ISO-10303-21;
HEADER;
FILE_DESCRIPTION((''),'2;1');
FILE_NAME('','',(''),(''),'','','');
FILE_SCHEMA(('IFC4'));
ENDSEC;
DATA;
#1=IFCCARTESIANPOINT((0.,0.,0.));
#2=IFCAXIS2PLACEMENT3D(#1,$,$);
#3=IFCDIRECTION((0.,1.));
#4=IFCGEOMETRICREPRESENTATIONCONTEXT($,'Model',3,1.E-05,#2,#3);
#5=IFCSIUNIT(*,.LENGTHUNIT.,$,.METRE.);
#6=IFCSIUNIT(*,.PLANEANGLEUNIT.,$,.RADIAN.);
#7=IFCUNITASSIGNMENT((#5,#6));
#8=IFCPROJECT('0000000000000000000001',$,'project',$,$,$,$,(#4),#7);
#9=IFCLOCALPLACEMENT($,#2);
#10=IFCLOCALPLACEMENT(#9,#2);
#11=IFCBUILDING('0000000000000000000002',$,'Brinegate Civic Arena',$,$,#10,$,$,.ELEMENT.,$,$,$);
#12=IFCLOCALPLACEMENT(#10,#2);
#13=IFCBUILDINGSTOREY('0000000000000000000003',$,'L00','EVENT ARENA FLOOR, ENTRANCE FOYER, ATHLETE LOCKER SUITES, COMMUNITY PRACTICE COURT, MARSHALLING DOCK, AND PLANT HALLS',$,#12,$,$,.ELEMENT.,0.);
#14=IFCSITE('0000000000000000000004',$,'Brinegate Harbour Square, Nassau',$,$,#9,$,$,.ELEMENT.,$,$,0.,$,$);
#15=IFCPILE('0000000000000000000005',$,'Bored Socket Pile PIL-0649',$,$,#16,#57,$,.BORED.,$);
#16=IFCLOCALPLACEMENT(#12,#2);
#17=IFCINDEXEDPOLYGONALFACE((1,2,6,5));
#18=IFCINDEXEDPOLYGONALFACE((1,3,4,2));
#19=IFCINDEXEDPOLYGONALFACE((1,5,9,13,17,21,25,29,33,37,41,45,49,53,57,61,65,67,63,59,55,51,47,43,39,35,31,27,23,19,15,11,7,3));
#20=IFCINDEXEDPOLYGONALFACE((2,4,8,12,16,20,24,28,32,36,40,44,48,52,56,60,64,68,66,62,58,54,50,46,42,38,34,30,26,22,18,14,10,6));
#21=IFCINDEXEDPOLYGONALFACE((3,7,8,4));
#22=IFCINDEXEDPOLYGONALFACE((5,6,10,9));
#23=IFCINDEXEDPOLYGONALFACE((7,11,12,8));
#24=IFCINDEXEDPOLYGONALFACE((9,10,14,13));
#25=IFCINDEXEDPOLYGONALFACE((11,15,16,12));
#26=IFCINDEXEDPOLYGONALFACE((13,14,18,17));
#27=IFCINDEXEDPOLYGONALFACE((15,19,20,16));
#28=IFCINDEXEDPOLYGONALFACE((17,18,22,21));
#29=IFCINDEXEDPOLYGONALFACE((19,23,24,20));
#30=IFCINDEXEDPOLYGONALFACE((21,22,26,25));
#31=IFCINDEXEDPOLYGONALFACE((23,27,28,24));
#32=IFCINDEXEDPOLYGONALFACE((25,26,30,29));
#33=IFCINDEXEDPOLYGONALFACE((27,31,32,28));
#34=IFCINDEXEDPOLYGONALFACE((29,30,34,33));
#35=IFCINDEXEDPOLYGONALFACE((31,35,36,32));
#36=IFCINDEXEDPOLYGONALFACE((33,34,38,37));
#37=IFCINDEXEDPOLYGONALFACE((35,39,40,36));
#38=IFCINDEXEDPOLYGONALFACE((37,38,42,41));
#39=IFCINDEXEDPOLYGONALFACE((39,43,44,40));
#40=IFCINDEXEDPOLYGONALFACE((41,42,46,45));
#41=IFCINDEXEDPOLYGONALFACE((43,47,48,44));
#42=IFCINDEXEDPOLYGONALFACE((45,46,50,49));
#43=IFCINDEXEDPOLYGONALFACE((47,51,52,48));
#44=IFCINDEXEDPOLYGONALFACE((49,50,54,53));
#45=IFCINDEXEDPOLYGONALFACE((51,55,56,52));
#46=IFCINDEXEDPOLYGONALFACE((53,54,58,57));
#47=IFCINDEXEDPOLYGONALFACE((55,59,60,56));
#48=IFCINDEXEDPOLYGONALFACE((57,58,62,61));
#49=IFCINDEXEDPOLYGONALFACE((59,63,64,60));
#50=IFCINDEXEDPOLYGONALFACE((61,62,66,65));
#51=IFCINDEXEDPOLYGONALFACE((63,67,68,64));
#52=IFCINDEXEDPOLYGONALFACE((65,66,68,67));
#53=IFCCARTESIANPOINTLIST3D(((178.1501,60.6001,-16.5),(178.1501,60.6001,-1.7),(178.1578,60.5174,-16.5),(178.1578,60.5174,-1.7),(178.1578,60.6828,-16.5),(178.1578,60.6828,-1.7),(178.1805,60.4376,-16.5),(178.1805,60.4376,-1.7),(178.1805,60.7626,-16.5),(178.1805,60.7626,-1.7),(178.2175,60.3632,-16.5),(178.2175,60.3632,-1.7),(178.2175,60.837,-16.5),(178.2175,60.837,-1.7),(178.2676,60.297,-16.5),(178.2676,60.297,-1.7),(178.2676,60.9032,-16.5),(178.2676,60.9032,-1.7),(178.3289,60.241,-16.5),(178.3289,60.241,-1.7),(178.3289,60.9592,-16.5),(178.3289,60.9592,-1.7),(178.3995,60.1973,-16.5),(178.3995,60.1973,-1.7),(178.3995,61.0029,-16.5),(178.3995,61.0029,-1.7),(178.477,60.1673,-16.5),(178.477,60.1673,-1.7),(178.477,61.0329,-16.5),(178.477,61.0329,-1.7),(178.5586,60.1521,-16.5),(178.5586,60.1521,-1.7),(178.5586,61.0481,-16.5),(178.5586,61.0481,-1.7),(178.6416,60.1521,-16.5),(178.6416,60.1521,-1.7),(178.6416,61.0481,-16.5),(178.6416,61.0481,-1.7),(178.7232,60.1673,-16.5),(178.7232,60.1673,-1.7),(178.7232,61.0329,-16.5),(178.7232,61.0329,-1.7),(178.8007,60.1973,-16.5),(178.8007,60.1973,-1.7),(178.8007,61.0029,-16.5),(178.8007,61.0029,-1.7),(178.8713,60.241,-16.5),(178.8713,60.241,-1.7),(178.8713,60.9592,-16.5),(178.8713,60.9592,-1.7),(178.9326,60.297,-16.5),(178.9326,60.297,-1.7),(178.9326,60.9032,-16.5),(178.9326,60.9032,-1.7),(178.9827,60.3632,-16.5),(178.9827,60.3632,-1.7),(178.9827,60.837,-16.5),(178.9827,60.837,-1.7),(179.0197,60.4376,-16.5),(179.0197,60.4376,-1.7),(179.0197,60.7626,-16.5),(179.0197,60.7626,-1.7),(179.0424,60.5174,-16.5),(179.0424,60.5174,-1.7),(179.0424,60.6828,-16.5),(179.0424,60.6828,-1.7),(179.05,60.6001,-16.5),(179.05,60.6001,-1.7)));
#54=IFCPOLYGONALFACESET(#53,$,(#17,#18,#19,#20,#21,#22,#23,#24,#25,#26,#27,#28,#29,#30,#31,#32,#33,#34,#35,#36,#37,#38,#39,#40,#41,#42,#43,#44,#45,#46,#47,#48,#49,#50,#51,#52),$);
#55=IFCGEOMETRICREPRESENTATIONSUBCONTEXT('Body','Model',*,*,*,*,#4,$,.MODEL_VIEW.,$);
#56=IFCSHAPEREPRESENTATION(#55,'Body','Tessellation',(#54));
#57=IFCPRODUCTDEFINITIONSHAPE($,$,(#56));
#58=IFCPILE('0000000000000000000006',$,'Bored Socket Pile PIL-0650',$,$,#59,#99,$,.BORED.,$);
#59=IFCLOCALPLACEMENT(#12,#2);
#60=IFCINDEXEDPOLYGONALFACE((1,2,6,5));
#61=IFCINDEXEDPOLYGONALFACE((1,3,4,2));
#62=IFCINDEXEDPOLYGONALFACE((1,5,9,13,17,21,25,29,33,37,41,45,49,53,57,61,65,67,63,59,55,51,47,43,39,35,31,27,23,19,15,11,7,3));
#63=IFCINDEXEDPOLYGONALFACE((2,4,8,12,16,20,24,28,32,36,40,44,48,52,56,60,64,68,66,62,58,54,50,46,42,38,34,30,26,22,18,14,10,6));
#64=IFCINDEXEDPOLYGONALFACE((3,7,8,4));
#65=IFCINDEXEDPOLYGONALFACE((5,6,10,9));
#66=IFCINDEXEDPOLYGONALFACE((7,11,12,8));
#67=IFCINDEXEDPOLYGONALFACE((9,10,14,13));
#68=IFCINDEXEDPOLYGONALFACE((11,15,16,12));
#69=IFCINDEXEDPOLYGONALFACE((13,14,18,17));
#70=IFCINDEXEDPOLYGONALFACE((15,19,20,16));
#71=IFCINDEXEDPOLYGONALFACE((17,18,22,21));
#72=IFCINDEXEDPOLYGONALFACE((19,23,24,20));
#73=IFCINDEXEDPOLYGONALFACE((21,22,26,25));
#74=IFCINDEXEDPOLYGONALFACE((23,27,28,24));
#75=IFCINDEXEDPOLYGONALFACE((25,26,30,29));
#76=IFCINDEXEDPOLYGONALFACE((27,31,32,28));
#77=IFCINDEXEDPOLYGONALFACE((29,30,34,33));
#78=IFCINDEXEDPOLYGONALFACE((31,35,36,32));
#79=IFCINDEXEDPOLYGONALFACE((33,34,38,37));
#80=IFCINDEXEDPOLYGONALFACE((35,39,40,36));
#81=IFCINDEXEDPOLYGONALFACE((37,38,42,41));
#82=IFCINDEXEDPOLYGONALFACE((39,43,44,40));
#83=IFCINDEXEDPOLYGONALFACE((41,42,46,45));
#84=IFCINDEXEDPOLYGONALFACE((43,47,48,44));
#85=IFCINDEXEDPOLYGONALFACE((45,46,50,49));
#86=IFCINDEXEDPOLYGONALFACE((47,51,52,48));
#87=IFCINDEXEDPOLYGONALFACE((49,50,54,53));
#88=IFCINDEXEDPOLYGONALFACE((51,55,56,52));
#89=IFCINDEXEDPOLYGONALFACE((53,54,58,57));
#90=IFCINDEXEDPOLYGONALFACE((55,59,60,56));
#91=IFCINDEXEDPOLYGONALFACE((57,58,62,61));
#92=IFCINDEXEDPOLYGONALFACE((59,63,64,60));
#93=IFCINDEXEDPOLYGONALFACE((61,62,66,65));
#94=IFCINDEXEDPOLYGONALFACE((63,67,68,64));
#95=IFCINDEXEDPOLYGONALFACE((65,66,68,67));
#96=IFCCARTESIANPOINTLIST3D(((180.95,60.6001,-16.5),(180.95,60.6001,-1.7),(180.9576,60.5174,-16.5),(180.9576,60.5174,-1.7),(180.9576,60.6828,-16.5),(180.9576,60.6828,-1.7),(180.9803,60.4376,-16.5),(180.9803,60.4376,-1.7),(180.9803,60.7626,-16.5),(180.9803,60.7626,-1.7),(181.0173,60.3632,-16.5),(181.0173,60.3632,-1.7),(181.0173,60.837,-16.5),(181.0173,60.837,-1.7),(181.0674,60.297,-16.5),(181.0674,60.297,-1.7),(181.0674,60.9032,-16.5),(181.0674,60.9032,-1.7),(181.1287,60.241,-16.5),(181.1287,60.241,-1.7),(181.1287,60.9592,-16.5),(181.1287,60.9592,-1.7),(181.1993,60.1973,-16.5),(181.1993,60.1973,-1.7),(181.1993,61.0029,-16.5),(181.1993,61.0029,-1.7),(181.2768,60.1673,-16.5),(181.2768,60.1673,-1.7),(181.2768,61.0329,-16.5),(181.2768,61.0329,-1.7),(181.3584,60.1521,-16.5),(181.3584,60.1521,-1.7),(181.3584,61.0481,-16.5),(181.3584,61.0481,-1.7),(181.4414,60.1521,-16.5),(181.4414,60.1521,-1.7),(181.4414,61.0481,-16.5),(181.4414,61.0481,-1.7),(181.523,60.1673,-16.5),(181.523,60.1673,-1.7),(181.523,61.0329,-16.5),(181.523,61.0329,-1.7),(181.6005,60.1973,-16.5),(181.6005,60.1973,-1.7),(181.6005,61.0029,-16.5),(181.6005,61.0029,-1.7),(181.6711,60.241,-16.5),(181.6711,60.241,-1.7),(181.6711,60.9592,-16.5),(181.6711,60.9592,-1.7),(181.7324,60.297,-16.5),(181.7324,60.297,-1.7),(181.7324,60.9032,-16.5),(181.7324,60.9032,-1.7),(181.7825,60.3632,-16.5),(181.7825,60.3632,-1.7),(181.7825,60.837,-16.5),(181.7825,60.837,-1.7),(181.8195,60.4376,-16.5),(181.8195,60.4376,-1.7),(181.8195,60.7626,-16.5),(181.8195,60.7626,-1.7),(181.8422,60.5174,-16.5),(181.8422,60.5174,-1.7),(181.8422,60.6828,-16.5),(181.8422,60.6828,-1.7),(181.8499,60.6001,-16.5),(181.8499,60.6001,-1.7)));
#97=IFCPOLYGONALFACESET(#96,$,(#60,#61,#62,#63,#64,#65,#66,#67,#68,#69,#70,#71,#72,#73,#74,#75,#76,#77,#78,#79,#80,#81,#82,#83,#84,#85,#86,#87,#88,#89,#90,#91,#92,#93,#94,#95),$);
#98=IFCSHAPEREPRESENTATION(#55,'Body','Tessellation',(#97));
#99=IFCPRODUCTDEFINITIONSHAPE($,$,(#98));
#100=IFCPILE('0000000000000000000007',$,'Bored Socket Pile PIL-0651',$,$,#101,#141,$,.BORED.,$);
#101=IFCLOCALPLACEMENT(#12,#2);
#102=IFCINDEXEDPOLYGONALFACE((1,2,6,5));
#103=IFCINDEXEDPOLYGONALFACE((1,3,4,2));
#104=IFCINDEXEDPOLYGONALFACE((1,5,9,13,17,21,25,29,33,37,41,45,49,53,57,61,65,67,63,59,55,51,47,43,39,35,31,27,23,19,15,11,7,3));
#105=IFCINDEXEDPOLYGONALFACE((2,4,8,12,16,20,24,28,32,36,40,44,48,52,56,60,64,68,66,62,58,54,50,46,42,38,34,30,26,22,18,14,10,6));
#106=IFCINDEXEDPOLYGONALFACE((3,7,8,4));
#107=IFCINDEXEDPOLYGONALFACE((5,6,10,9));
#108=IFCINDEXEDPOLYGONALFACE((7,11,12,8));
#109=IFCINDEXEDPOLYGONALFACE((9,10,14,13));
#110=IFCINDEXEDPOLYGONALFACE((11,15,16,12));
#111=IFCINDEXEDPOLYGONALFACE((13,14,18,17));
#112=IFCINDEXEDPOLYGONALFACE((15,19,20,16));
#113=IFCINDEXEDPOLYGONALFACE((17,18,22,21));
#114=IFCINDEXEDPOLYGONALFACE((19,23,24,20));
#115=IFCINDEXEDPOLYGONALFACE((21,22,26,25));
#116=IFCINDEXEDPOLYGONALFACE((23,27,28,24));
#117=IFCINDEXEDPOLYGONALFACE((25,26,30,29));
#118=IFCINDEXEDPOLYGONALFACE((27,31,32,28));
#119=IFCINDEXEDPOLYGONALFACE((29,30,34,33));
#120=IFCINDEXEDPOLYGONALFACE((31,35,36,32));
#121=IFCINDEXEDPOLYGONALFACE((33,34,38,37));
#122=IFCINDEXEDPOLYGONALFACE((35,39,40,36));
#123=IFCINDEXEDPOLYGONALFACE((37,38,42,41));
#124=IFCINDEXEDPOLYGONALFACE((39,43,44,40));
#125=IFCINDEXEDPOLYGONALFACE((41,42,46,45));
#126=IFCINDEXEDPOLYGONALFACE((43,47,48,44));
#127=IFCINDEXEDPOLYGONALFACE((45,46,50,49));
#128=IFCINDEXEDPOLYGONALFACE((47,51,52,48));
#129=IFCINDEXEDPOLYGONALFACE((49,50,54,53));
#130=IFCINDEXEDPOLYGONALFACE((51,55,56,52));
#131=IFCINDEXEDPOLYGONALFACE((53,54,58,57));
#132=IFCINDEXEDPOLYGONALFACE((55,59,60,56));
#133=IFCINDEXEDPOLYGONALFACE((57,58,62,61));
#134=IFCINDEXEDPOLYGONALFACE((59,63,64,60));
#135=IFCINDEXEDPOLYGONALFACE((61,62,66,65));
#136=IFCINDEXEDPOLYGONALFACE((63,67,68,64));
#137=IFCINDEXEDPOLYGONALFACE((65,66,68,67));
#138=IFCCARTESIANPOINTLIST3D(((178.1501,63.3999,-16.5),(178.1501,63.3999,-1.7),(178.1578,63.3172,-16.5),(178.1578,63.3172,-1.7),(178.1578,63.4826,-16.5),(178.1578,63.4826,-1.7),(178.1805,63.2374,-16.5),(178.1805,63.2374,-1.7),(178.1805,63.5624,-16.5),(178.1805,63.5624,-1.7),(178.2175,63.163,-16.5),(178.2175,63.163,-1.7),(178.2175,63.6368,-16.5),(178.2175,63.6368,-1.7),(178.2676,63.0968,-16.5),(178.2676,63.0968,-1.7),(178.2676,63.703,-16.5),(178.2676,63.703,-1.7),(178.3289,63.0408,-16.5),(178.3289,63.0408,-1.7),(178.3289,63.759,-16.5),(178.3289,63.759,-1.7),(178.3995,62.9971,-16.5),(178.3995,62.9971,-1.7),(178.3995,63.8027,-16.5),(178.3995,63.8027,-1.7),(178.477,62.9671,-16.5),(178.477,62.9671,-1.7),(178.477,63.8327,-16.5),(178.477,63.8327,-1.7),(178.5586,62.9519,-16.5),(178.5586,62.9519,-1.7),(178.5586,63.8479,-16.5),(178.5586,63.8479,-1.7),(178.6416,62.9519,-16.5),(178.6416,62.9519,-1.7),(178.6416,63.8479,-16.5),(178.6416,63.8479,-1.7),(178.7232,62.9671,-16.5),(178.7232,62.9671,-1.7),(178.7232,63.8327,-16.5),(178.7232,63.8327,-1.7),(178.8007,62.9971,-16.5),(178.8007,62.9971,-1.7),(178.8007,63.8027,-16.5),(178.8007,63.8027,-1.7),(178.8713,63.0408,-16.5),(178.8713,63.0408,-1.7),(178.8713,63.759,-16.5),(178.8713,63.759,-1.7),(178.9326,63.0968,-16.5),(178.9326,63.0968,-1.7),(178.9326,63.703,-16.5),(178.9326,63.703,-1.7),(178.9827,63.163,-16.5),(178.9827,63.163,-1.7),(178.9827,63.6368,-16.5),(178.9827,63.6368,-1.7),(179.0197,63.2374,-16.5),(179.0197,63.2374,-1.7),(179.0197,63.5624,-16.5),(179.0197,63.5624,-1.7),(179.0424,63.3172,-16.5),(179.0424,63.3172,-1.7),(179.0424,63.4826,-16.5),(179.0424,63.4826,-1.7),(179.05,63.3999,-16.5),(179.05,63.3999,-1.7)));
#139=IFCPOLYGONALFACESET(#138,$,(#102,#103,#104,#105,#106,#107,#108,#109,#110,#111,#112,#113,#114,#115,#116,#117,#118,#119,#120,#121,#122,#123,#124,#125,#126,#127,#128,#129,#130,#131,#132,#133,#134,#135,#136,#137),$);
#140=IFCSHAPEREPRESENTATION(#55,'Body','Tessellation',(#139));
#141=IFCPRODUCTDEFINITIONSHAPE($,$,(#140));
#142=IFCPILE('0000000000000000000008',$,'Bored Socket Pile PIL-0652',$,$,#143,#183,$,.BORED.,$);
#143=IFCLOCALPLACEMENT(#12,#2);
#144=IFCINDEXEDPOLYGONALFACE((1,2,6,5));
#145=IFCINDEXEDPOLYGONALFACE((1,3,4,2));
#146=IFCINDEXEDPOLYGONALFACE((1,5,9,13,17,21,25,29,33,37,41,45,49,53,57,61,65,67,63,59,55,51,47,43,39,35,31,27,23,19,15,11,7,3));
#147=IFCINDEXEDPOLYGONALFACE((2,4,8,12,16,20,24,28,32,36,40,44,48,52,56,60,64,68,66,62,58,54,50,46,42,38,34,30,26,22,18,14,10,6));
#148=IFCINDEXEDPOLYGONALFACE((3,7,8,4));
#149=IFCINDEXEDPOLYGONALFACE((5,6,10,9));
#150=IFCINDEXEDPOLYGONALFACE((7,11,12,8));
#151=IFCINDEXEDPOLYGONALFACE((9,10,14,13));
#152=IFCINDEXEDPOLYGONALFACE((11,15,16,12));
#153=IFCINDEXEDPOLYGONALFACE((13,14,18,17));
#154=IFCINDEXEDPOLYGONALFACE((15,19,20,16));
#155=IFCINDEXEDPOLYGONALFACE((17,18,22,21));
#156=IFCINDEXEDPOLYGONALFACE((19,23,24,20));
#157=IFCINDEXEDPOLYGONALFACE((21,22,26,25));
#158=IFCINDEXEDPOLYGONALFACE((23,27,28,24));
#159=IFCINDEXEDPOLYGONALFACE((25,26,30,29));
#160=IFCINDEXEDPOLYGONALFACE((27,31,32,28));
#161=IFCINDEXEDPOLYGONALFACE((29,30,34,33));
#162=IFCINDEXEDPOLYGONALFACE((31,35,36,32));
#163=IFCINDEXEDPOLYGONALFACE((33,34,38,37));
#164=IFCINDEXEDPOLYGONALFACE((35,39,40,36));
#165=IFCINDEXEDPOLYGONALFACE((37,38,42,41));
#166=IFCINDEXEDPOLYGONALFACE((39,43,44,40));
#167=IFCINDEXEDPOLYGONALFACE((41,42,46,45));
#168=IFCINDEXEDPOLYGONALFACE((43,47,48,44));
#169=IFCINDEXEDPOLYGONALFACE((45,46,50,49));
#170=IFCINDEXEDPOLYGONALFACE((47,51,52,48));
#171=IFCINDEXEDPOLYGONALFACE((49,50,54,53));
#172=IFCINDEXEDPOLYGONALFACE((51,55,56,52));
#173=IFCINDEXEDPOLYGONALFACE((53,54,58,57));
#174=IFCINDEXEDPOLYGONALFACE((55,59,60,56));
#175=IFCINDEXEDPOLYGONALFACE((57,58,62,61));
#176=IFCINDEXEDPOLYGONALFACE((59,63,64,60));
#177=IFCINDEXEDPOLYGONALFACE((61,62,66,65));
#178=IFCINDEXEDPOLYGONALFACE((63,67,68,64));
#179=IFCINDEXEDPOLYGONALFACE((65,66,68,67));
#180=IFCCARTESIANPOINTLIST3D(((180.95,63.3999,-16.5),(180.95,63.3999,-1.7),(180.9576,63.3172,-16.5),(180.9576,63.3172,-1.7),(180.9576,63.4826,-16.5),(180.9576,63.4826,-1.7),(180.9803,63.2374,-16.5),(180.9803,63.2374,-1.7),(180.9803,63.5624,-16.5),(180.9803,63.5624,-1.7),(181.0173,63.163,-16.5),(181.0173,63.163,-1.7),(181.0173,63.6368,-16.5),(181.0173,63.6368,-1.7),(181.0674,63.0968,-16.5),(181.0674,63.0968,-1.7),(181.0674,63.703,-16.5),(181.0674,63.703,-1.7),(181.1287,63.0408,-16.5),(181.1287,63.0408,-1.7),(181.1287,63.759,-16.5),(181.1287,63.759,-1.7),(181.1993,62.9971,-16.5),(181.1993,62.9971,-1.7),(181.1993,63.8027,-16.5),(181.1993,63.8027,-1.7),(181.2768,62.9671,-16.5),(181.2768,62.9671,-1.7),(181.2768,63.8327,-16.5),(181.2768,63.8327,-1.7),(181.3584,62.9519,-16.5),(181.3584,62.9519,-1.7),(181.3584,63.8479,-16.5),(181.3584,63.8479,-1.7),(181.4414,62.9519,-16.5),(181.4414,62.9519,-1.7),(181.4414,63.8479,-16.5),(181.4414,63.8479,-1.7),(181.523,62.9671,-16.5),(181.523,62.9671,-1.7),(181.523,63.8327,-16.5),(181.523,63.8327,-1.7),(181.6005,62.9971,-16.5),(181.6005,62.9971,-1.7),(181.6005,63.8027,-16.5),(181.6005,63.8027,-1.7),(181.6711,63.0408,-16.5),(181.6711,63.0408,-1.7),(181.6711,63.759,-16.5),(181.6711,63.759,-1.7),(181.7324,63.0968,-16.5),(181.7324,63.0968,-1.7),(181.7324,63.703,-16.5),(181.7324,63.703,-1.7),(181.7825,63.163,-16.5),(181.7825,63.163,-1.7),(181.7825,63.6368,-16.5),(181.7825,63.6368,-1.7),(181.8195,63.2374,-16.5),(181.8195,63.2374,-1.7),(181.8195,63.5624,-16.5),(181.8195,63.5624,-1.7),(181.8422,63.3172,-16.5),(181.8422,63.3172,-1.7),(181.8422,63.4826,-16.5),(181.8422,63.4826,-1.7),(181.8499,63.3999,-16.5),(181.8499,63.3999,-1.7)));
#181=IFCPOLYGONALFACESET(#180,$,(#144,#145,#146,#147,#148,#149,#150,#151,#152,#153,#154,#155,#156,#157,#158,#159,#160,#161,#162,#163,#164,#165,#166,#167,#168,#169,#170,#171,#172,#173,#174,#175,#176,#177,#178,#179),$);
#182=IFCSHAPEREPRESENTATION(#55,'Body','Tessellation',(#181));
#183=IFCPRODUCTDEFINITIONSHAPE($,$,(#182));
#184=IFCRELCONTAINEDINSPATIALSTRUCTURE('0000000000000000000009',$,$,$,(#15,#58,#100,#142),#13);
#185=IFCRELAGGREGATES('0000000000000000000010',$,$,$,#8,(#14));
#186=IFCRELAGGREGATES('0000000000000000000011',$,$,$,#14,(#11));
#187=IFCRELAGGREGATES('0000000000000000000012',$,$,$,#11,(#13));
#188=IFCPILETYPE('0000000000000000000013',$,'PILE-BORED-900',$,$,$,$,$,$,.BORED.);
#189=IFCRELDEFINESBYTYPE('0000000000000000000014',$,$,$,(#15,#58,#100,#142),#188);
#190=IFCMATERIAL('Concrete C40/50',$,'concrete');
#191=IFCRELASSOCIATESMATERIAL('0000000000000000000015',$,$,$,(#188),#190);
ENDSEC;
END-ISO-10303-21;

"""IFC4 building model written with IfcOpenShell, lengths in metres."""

from ifc_helpers import new_model, si_unit, direction, frame, origin, origin_2d, place, context, subcontext, project, spatial, circle, extrude, material, material_profile, profile_set, type_object, element, save


model = new_model("IFC4")

# Units and contexts
model_context = context("Model", 3, precision=1e-05, world=origin(), true_north=direction((0.0, 1.0)))
body_context = subcontext(model_context, "Body", "Model", "MODEL_VIEW")
ifc_project = project(units=[si_unit("LENGTHUNIT", "METRE"), si_unit("PLANEANGLEUNIT", "RADIAN")], contexts=[model_context])

# Site, building, storey
site_placement = place(None, origin())
site = spatial("IfcSite", under=ifc_project, at=site_placement, Name="Brinegate Harbour Square, Nassau", CompositionType="ELEMENT", RefElevation=0.0)
building_placement = place(site_placement, origin())
building = spatial("IfcBuilding", under=site, at=building_placement, Name="Brinegate Civic Arena", CompositionType="ELEMENT")
storey_placement = place(building_placement, origin())
storey = spatial("IfcBuildingStorey", under=building, at=storey_placement, Name="L00", Description="EVENT ARENA FLOOR, ENTRANCE FOYER, ATHLETE LOCKER SUITES, COMMUNITY PRACTICE COURT, MARSHALLING DOCK, AND PLANT HALLS", CompositionType="ELEMENT", Elevation=0.0)

# Shared definitions
ifc_material_1 = material(Name="Concrete C40/50", Category="concrete")

# Piles
ifc_material_profile_1 = material_profile(ifc_material_1, circle(Radius=0.45, at=origin_2d()), Name="PILED900")
ifc_profile_set_1 = profile_set([ifc_material_profile_1], Name="Concrete C40/50")
pile_type_1 = type_object("IfcPileType", Name="PILE-BORED-900", PredefinedType="BORED", material=ifc_profile_set_1)
for number, where, z_axis, x_axis, name in (
    (1, (178.6001, 60.6001, -1.7), (0.0, 0.0, -1.0), (1.0, 0.0, 0.0), "Bored Socket Pile PIL-0649"),
    (2, (181.3999, 60.6001, -1.7), (0.0, 0.0, -1.0), (1.0, 0.0, 0.0), "Bored Socket Pile PIL-0650"),
    (3, (178.6001, 63.3999, -1.7), (0.0, 0.0, -1.0), (1.0, 0.0, 0.0), "Bored Socket Pile PIL-0651"),
    (4, (181.3999, 63.3999, -1.7), (0.0, 0.0, -1.0), (1.0, 0.0, 0.0), "Bored Socket Pile PIL-0652"),
):
    element("IfcPile", number, at=place(storey_placement, frame(where, z_axis=z_axis, x_axis=x_axis)), inside=storey, type_object=pile_type_1, Name=name, PredefinedType="BORED", context=body_context, shape_type="SweptSolid", body=[
        extrude(circle(Radius=0.45, at=origin_2d()), origin(), (0.0, 0.0, 1.0), 14.8),
    ])

save(model, "model.ifc")
